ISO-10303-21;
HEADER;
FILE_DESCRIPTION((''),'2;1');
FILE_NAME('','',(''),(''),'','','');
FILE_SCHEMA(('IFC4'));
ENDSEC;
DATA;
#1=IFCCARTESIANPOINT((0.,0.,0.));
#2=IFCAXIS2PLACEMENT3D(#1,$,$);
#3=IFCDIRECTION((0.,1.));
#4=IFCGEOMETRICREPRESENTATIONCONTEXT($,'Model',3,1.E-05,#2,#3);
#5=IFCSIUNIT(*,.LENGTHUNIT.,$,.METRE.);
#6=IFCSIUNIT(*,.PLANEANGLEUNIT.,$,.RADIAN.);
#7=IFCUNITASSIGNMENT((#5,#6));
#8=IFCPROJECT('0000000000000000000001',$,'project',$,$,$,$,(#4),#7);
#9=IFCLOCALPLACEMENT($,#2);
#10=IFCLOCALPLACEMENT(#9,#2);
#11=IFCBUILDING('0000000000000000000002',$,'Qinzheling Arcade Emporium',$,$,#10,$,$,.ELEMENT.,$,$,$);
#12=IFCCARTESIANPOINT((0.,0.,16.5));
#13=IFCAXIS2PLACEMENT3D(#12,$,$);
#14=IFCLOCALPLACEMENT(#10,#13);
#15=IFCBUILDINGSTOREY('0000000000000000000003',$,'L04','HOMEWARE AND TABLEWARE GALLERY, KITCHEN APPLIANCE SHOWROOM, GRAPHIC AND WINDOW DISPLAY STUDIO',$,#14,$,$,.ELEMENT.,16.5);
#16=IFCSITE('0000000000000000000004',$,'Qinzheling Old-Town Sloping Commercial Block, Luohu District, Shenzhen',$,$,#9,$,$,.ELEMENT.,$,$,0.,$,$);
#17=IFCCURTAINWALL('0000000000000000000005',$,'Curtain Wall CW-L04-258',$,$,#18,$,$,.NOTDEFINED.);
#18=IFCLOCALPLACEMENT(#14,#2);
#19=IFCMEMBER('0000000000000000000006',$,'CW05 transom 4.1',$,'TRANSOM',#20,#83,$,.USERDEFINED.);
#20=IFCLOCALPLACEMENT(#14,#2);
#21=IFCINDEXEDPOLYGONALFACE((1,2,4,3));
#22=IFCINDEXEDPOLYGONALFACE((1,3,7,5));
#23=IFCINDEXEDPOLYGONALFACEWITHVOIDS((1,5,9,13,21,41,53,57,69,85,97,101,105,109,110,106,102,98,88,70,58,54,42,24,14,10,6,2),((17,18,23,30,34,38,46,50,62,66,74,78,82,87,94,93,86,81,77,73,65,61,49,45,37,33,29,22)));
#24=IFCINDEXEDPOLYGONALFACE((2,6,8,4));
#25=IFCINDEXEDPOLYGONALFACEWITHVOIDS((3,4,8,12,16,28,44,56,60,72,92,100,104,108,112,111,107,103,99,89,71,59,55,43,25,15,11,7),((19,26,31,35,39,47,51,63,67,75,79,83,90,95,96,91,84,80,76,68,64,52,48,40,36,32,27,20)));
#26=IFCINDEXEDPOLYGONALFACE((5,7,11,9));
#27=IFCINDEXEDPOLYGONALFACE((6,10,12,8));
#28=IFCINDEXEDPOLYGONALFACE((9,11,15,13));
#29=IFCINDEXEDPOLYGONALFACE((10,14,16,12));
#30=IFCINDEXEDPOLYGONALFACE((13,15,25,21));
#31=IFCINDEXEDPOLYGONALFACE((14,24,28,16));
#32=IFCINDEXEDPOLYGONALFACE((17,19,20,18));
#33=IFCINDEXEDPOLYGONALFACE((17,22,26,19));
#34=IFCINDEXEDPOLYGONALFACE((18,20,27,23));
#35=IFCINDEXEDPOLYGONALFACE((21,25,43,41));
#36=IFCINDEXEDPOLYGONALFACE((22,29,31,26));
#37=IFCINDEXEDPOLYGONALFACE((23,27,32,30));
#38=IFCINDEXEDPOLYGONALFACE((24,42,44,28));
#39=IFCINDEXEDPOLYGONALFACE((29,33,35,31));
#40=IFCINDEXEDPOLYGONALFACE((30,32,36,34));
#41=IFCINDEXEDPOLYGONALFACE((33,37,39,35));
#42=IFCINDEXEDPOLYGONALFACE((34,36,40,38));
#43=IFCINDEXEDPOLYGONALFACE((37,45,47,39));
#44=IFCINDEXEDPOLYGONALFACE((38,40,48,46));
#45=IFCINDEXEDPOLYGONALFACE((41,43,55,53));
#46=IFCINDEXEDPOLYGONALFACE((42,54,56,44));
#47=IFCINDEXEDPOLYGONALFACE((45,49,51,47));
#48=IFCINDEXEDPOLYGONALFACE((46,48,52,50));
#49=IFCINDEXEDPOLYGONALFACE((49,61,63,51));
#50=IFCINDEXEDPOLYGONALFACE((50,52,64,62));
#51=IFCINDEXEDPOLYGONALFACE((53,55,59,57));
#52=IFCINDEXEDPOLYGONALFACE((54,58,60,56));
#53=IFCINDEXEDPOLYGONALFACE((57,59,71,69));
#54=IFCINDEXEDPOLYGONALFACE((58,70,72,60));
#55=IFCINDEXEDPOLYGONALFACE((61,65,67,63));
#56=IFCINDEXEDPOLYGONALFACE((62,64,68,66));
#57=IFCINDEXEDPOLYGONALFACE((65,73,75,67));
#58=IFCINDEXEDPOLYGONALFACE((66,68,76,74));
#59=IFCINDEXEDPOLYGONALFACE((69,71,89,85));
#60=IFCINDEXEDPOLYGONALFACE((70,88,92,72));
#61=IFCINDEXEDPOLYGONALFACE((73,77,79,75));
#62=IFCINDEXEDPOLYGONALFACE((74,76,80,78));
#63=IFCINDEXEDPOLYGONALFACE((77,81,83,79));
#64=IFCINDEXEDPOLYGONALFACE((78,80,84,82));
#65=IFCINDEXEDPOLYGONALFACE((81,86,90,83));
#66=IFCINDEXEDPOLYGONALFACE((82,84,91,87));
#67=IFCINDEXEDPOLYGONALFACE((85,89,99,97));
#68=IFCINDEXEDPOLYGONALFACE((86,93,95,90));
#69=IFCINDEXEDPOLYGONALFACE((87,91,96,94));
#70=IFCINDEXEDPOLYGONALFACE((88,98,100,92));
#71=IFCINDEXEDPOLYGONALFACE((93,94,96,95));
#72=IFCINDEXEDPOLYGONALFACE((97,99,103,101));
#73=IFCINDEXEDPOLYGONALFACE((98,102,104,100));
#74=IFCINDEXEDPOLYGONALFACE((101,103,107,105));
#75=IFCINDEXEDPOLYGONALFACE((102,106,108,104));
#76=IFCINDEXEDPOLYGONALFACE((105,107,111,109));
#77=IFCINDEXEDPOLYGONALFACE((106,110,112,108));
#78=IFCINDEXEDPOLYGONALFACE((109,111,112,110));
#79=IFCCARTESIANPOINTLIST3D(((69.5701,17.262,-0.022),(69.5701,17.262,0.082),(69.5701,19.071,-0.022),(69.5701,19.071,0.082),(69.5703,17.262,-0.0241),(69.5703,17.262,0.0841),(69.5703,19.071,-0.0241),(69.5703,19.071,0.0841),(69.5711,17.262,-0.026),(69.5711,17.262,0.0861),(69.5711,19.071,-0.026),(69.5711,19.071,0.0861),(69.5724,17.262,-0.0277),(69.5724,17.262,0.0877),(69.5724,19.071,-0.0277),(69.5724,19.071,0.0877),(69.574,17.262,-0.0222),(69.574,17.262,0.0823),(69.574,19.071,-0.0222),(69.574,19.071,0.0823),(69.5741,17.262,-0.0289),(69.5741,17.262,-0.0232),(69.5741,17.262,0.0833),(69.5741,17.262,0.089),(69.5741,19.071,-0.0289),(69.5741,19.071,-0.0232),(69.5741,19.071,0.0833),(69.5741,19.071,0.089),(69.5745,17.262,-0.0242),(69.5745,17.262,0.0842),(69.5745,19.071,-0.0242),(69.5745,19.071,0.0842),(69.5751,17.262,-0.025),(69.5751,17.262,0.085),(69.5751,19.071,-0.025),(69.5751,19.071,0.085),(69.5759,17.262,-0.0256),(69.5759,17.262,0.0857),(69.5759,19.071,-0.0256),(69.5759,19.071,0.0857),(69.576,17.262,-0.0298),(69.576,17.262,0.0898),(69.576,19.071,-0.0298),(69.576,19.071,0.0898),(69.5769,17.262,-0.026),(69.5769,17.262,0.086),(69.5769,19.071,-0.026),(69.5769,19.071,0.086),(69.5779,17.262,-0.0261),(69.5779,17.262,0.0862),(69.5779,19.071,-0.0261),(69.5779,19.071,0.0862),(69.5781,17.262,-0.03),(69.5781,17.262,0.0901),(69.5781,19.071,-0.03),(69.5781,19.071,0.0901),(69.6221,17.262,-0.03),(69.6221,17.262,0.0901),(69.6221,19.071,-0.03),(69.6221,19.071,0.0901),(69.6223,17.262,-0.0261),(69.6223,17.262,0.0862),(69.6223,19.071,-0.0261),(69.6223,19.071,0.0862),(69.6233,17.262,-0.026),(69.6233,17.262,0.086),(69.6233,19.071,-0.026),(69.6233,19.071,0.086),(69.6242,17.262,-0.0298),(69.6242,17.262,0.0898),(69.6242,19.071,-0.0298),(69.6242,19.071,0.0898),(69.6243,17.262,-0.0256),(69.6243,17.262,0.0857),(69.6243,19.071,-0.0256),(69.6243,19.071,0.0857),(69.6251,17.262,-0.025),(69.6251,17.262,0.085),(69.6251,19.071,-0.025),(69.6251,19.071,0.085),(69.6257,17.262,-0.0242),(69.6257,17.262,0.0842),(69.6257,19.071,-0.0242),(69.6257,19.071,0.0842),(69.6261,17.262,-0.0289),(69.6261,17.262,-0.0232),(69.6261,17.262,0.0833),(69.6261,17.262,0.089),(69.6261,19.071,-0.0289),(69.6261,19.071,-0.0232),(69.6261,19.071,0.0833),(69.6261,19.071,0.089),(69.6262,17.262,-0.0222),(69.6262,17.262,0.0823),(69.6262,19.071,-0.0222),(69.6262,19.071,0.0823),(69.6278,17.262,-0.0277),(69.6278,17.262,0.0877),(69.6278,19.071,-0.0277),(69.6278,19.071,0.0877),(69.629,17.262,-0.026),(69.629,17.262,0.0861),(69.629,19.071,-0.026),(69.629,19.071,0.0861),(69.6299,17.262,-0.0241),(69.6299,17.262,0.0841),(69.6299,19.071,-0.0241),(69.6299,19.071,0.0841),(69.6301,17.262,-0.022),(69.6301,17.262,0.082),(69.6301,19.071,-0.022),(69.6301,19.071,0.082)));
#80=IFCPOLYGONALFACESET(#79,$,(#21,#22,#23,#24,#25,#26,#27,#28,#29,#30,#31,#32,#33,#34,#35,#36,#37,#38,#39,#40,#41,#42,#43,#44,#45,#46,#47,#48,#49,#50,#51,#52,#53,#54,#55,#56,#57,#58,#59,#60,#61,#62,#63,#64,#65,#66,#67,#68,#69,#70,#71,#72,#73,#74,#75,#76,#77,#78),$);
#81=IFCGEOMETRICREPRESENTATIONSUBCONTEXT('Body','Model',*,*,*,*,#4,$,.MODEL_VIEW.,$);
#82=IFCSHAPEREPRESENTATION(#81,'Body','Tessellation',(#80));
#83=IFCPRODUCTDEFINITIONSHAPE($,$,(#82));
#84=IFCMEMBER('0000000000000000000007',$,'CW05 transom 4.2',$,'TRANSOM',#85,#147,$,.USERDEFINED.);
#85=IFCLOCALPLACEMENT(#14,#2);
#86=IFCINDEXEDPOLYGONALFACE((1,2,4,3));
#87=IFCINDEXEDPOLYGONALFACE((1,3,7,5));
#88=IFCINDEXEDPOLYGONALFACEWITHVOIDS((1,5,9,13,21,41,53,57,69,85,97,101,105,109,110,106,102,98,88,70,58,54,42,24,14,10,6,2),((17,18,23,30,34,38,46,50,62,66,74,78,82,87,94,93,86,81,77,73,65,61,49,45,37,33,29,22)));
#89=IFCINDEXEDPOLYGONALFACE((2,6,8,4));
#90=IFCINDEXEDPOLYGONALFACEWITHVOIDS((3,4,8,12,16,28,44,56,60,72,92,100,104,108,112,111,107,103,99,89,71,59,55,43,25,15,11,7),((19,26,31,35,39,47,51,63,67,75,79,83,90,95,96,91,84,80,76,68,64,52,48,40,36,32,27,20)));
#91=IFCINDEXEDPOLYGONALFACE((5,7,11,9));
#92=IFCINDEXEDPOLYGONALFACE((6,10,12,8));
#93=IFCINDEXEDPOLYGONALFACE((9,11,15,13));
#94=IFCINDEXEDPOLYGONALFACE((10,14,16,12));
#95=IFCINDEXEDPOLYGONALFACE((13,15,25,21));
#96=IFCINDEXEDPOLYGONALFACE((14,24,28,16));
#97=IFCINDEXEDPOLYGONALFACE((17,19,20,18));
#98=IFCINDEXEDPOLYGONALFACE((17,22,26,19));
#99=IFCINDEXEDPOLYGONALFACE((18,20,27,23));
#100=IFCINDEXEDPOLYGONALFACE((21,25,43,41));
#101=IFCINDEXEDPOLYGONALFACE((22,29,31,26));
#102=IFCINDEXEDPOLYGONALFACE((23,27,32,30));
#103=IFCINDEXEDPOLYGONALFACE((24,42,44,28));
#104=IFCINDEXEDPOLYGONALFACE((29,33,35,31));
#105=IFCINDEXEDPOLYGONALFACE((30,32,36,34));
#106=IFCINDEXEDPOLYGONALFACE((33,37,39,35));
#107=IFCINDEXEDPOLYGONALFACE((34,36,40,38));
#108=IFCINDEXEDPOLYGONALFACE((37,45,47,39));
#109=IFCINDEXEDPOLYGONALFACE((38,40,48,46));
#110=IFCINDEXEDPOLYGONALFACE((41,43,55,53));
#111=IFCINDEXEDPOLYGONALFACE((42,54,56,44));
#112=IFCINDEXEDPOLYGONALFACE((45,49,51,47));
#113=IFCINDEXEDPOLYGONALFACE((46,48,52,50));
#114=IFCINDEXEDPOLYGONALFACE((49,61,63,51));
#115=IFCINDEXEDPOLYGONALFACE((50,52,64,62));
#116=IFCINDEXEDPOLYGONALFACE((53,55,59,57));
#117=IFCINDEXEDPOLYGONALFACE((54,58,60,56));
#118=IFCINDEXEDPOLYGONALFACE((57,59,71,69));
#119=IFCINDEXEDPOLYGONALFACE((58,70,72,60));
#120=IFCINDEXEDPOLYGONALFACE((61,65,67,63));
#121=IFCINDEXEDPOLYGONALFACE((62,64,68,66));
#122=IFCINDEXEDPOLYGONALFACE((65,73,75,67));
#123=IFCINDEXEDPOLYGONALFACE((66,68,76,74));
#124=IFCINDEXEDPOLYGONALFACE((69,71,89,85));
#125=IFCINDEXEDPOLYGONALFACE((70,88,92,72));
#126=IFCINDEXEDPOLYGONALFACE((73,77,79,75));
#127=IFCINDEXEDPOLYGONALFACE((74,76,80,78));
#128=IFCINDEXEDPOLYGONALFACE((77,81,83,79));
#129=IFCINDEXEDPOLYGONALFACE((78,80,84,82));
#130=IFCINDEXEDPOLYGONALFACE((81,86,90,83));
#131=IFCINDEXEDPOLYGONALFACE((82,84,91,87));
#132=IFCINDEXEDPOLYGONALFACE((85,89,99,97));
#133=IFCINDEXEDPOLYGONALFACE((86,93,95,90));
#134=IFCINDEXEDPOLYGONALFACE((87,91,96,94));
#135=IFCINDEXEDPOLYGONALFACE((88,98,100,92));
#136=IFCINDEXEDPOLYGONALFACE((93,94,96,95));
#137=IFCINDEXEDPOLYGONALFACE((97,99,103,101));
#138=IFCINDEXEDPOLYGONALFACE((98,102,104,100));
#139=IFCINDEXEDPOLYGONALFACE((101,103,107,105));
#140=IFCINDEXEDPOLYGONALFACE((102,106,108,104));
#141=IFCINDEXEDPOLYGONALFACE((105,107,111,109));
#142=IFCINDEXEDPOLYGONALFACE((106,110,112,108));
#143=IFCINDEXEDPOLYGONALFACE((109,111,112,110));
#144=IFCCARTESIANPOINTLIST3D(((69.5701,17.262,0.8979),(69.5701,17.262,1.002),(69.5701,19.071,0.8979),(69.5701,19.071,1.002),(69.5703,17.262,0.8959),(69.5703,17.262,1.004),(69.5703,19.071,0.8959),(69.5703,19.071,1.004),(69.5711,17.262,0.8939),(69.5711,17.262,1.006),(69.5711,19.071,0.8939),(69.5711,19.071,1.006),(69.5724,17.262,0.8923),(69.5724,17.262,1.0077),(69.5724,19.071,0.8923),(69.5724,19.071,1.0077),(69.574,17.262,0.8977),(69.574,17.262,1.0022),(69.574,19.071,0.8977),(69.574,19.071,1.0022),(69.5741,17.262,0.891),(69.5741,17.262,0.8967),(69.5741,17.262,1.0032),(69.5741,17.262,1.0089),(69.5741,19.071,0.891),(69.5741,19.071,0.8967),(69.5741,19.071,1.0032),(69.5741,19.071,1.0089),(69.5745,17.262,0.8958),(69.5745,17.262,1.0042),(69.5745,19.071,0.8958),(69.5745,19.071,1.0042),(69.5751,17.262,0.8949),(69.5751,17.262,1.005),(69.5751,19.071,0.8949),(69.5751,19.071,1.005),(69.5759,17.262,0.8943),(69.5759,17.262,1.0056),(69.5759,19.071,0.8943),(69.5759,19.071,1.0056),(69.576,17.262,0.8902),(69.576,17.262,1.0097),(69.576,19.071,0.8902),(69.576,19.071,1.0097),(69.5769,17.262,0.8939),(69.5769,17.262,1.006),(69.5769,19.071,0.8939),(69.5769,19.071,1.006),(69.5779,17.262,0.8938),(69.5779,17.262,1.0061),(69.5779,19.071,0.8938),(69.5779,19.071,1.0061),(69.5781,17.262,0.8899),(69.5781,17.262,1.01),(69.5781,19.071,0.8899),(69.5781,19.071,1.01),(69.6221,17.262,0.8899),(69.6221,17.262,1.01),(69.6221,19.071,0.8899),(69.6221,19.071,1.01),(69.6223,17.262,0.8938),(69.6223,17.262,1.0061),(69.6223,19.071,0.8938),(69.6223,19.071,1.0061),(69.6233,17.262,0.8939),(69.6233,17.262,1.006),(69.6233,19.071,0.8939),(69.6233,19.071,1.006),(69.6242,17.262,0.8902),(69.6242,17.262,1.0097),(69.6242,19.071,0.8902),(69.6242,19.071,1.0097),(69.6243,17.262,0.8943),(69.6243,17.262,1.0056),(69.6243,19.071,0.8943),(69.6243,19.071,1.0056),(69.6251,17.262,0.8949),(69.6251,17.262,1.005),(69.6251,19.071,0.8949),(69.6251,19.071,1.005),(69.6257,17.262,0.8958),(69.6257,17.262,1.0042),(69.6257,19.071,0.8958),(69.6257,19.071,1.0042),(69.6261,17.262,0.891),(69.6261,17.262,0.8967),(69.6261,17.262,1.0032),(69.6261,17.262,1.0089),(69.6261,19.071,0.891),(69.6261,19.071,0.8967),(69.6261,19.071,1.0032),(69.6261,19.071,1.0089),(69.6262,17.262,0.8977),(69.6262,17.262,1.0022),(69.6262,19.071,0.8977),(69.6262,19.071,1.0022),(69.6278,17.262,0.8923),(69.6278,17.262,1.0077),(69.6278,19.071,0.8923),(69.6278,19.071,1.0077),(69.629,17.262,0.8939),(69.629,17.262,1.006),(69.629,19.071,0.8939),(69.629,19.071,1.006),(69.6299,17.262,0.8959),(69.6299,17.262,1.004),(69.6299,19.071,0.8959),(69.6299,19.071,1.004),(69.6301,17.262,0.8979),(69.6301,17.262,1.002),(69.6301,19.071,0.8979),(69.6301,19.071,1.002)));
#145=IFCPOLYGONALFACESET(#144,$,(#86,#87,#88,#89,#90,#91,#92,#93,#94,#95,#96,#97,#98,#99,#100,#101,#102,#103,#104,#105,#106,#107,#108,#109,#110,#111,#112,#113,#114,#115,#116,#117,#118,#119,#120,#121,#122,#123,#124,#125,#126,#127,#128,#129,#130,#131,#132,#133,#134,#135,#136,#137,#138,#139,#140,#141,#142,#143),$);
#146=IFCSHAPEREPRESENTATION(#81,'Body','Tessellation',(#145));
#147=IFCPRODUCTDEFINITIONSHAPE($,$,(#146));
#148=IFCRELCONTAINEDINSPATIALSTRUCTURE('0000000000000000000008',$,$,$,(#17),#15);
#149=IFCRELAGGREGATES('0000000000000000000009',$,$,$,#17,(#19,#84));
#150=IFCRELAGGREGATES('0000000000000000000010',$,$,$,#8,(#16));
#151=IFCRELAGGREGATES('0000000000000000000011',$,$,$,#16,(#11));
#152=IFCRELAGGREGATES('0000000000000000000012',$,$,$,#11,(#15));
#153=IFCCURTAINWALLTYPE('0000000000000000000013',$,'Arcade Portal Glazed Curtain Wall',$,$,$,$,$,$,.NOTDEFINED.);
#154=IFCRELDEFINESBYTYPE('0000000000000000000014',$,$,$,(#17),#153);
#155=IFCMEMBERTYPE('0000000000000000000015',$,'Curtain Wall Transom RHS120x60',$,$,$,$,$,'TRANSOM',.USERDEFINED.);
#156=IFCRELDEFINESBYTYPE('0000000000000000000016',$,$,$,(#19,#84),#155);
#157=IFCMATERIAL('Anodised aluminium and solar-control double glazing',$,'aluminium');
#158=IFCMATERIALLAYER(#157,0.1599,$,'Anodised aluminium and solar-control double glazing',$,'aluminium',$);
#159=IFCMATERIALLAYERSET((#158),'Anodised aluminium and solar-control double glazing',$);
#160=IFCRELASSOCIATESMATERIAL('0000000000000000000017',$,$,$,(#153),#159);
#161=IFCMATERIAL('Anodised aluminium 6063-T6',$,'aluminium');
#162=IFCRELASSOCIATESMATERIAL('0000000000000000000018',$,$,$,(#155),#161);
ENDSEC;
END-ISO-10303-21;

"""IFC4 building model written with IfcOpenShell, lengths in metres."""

from ifc_helpers import new_model, si_unit, direction, frame, origin, origin_2d, place, context, subcontext, project, spatial, hollow_rectangle, extrude, material, layer, layer_set, material_profile, profile_set, type_object, element, aggregate, save


model = new_model("IFC4")

# Units and contexts
model_context = context("Model", 3, precision=1e-05, world=origin(), true_north=direction((0.0, 1.0)))
body_context = subcontext(model_context, "Body", "Model", "MODEL_VIEW")
ifc_project = project(units=[si_unit("LENGTHUNIT", "METRE"), si_unit("PLANEANGLEUNIT", "RADIAN")], contexts=[model_context])

# Site, building, storey
site_placement = place(None, origin())
site = spatial("IfcSite", under=ifc_project, at=site_placement, Name="Qinzheling Old-Town Sloping Commercial Block, Luohu District, Shenzhen", CompositionType="ELEMENT", RefElevation=0.0)
building_placement = place(site_placement, origin())
building = spatial("IfcBuilding", under=site, at=building_placement, Name="Qinzheling Arcade Emporium", CompositionType="ELEMENT")
storey_placement = place(building_placement, frame((0.0, 0.0, 16.5)))
storey = spatial("IfcBuildingStorey", under=building, at=storey_placement, Name="L04", Description="HOMEWARE AND TABLEWARE GALLERY, KITCHEN APPLIANCE SHOWROOM, GRAPHIC AND WINDOW DISPLAY STUDIO", CompositionType="ELEMENT", Elevation=16.5)

# Curtain wall
ifc_material_1 = material(Name="Anodised aluminium and solar-control double glazing", Category="aluminium")
ifc_layer_1 = layer(ifc_material_1, 0.1599, Name="Anodised aluminium and solar-control double glazing", Category="aluminium")
ifc_layer_set_1 = layer_set([ifc_layer_1], Name="Anodised aluminium and solar-control double glazing")
curtain_wall_type = type_object("IfcCurtainWallType", Name="Arcade Portal Glazed Curtain Wall", PredefinedType="NOTDEFINED", material=ifc_layer_set_1)
curtain_wall_1_placement = place(storey_placement, origin())
curtain_wall_1 = element("IfcCurtainWall", 1, at=curtain_wall_1_placement, inside=storey, type_object=curtain_wall_type, Name="Curtain Wall CW-L04-258", PredefinedType="NOTDEFINED")
ifc_material_2 = material(Name="Anodised aluminium 6063-T6", Category="aluminium")

# Members
ifc_material_profile_1 = material_profile(ifc_material_2, hollow_rectangle(XDim=0.0601, YDim=0.1201, WallThickness=0.0039, InnerFilletRadius=0.0039, OuterFilletRadius=0.0081, at=origin_2d()), Name="RHS 120x60x4", Category="aluminium")
ifc_profile_set_1 = profile_set([ifc_material_profile_1], Name="Anodised aluminium 6063-T6")
member_type_1 = type_object("IfcMemberType", Name="Curtain Wall Transom RHS120x60", ElementType="TRANSOM", PredefinedType="USERDEFINED", material=ifc_profile_set_1)
member_1_placement = place(storey_placement, frame((69.6001, 19.071, 0.03), z_axis=(0.0, -1.0, 0.0), x_axis=(1.0, 0.0, 0.0)))
member_1 = element("IfcMember", 2, at=member_1_placement, type_object=member_type_1, Name="CW05 transom 4.1", ObjectType="TRANSOM", PredefinedType="USERDEFINED", context=body_context, shape_type="SweptSolid", body=[
    extrude(hollow_rectangle(XDim=0.0601, YDim=0.1201, WallThickness=0.0039, InnerFilletRadius=0.0039, OuterFilletRadius=0.0081, at=origin_2d()), origin(), (0.0, 0.0, 1.0), 1.8091),
])
member_2_placement = place(storey_placement, frame((69.6001, 19.071, 0.95), z_axis=(0.0, -1.0, 0.0), x_axis=(1.0, 0.0, 0.0)))
member_2 = element("IfcMember", 3, at=member_2_placement, type_object=member_type_1, Name="CW05 transom 4.2", ObjectType="TRANSOM", PredefinedType="USERDEFINED", context=body_context, shape_type="SweptSolid", body=[
    extrude(hollow_rectangle(XDim=0.0601, YDim=0.1201, WallThickness=0.0039, InnerFilletRadius=0.0039, OuterFilletRadius=0.0081, at=origin_2d()), origin(), (0.0, 0.0, 1.0), 1.8091),
])

aggregate(curtain_wall_1, [member_1, member_2])

save(model, "model.ifc")
